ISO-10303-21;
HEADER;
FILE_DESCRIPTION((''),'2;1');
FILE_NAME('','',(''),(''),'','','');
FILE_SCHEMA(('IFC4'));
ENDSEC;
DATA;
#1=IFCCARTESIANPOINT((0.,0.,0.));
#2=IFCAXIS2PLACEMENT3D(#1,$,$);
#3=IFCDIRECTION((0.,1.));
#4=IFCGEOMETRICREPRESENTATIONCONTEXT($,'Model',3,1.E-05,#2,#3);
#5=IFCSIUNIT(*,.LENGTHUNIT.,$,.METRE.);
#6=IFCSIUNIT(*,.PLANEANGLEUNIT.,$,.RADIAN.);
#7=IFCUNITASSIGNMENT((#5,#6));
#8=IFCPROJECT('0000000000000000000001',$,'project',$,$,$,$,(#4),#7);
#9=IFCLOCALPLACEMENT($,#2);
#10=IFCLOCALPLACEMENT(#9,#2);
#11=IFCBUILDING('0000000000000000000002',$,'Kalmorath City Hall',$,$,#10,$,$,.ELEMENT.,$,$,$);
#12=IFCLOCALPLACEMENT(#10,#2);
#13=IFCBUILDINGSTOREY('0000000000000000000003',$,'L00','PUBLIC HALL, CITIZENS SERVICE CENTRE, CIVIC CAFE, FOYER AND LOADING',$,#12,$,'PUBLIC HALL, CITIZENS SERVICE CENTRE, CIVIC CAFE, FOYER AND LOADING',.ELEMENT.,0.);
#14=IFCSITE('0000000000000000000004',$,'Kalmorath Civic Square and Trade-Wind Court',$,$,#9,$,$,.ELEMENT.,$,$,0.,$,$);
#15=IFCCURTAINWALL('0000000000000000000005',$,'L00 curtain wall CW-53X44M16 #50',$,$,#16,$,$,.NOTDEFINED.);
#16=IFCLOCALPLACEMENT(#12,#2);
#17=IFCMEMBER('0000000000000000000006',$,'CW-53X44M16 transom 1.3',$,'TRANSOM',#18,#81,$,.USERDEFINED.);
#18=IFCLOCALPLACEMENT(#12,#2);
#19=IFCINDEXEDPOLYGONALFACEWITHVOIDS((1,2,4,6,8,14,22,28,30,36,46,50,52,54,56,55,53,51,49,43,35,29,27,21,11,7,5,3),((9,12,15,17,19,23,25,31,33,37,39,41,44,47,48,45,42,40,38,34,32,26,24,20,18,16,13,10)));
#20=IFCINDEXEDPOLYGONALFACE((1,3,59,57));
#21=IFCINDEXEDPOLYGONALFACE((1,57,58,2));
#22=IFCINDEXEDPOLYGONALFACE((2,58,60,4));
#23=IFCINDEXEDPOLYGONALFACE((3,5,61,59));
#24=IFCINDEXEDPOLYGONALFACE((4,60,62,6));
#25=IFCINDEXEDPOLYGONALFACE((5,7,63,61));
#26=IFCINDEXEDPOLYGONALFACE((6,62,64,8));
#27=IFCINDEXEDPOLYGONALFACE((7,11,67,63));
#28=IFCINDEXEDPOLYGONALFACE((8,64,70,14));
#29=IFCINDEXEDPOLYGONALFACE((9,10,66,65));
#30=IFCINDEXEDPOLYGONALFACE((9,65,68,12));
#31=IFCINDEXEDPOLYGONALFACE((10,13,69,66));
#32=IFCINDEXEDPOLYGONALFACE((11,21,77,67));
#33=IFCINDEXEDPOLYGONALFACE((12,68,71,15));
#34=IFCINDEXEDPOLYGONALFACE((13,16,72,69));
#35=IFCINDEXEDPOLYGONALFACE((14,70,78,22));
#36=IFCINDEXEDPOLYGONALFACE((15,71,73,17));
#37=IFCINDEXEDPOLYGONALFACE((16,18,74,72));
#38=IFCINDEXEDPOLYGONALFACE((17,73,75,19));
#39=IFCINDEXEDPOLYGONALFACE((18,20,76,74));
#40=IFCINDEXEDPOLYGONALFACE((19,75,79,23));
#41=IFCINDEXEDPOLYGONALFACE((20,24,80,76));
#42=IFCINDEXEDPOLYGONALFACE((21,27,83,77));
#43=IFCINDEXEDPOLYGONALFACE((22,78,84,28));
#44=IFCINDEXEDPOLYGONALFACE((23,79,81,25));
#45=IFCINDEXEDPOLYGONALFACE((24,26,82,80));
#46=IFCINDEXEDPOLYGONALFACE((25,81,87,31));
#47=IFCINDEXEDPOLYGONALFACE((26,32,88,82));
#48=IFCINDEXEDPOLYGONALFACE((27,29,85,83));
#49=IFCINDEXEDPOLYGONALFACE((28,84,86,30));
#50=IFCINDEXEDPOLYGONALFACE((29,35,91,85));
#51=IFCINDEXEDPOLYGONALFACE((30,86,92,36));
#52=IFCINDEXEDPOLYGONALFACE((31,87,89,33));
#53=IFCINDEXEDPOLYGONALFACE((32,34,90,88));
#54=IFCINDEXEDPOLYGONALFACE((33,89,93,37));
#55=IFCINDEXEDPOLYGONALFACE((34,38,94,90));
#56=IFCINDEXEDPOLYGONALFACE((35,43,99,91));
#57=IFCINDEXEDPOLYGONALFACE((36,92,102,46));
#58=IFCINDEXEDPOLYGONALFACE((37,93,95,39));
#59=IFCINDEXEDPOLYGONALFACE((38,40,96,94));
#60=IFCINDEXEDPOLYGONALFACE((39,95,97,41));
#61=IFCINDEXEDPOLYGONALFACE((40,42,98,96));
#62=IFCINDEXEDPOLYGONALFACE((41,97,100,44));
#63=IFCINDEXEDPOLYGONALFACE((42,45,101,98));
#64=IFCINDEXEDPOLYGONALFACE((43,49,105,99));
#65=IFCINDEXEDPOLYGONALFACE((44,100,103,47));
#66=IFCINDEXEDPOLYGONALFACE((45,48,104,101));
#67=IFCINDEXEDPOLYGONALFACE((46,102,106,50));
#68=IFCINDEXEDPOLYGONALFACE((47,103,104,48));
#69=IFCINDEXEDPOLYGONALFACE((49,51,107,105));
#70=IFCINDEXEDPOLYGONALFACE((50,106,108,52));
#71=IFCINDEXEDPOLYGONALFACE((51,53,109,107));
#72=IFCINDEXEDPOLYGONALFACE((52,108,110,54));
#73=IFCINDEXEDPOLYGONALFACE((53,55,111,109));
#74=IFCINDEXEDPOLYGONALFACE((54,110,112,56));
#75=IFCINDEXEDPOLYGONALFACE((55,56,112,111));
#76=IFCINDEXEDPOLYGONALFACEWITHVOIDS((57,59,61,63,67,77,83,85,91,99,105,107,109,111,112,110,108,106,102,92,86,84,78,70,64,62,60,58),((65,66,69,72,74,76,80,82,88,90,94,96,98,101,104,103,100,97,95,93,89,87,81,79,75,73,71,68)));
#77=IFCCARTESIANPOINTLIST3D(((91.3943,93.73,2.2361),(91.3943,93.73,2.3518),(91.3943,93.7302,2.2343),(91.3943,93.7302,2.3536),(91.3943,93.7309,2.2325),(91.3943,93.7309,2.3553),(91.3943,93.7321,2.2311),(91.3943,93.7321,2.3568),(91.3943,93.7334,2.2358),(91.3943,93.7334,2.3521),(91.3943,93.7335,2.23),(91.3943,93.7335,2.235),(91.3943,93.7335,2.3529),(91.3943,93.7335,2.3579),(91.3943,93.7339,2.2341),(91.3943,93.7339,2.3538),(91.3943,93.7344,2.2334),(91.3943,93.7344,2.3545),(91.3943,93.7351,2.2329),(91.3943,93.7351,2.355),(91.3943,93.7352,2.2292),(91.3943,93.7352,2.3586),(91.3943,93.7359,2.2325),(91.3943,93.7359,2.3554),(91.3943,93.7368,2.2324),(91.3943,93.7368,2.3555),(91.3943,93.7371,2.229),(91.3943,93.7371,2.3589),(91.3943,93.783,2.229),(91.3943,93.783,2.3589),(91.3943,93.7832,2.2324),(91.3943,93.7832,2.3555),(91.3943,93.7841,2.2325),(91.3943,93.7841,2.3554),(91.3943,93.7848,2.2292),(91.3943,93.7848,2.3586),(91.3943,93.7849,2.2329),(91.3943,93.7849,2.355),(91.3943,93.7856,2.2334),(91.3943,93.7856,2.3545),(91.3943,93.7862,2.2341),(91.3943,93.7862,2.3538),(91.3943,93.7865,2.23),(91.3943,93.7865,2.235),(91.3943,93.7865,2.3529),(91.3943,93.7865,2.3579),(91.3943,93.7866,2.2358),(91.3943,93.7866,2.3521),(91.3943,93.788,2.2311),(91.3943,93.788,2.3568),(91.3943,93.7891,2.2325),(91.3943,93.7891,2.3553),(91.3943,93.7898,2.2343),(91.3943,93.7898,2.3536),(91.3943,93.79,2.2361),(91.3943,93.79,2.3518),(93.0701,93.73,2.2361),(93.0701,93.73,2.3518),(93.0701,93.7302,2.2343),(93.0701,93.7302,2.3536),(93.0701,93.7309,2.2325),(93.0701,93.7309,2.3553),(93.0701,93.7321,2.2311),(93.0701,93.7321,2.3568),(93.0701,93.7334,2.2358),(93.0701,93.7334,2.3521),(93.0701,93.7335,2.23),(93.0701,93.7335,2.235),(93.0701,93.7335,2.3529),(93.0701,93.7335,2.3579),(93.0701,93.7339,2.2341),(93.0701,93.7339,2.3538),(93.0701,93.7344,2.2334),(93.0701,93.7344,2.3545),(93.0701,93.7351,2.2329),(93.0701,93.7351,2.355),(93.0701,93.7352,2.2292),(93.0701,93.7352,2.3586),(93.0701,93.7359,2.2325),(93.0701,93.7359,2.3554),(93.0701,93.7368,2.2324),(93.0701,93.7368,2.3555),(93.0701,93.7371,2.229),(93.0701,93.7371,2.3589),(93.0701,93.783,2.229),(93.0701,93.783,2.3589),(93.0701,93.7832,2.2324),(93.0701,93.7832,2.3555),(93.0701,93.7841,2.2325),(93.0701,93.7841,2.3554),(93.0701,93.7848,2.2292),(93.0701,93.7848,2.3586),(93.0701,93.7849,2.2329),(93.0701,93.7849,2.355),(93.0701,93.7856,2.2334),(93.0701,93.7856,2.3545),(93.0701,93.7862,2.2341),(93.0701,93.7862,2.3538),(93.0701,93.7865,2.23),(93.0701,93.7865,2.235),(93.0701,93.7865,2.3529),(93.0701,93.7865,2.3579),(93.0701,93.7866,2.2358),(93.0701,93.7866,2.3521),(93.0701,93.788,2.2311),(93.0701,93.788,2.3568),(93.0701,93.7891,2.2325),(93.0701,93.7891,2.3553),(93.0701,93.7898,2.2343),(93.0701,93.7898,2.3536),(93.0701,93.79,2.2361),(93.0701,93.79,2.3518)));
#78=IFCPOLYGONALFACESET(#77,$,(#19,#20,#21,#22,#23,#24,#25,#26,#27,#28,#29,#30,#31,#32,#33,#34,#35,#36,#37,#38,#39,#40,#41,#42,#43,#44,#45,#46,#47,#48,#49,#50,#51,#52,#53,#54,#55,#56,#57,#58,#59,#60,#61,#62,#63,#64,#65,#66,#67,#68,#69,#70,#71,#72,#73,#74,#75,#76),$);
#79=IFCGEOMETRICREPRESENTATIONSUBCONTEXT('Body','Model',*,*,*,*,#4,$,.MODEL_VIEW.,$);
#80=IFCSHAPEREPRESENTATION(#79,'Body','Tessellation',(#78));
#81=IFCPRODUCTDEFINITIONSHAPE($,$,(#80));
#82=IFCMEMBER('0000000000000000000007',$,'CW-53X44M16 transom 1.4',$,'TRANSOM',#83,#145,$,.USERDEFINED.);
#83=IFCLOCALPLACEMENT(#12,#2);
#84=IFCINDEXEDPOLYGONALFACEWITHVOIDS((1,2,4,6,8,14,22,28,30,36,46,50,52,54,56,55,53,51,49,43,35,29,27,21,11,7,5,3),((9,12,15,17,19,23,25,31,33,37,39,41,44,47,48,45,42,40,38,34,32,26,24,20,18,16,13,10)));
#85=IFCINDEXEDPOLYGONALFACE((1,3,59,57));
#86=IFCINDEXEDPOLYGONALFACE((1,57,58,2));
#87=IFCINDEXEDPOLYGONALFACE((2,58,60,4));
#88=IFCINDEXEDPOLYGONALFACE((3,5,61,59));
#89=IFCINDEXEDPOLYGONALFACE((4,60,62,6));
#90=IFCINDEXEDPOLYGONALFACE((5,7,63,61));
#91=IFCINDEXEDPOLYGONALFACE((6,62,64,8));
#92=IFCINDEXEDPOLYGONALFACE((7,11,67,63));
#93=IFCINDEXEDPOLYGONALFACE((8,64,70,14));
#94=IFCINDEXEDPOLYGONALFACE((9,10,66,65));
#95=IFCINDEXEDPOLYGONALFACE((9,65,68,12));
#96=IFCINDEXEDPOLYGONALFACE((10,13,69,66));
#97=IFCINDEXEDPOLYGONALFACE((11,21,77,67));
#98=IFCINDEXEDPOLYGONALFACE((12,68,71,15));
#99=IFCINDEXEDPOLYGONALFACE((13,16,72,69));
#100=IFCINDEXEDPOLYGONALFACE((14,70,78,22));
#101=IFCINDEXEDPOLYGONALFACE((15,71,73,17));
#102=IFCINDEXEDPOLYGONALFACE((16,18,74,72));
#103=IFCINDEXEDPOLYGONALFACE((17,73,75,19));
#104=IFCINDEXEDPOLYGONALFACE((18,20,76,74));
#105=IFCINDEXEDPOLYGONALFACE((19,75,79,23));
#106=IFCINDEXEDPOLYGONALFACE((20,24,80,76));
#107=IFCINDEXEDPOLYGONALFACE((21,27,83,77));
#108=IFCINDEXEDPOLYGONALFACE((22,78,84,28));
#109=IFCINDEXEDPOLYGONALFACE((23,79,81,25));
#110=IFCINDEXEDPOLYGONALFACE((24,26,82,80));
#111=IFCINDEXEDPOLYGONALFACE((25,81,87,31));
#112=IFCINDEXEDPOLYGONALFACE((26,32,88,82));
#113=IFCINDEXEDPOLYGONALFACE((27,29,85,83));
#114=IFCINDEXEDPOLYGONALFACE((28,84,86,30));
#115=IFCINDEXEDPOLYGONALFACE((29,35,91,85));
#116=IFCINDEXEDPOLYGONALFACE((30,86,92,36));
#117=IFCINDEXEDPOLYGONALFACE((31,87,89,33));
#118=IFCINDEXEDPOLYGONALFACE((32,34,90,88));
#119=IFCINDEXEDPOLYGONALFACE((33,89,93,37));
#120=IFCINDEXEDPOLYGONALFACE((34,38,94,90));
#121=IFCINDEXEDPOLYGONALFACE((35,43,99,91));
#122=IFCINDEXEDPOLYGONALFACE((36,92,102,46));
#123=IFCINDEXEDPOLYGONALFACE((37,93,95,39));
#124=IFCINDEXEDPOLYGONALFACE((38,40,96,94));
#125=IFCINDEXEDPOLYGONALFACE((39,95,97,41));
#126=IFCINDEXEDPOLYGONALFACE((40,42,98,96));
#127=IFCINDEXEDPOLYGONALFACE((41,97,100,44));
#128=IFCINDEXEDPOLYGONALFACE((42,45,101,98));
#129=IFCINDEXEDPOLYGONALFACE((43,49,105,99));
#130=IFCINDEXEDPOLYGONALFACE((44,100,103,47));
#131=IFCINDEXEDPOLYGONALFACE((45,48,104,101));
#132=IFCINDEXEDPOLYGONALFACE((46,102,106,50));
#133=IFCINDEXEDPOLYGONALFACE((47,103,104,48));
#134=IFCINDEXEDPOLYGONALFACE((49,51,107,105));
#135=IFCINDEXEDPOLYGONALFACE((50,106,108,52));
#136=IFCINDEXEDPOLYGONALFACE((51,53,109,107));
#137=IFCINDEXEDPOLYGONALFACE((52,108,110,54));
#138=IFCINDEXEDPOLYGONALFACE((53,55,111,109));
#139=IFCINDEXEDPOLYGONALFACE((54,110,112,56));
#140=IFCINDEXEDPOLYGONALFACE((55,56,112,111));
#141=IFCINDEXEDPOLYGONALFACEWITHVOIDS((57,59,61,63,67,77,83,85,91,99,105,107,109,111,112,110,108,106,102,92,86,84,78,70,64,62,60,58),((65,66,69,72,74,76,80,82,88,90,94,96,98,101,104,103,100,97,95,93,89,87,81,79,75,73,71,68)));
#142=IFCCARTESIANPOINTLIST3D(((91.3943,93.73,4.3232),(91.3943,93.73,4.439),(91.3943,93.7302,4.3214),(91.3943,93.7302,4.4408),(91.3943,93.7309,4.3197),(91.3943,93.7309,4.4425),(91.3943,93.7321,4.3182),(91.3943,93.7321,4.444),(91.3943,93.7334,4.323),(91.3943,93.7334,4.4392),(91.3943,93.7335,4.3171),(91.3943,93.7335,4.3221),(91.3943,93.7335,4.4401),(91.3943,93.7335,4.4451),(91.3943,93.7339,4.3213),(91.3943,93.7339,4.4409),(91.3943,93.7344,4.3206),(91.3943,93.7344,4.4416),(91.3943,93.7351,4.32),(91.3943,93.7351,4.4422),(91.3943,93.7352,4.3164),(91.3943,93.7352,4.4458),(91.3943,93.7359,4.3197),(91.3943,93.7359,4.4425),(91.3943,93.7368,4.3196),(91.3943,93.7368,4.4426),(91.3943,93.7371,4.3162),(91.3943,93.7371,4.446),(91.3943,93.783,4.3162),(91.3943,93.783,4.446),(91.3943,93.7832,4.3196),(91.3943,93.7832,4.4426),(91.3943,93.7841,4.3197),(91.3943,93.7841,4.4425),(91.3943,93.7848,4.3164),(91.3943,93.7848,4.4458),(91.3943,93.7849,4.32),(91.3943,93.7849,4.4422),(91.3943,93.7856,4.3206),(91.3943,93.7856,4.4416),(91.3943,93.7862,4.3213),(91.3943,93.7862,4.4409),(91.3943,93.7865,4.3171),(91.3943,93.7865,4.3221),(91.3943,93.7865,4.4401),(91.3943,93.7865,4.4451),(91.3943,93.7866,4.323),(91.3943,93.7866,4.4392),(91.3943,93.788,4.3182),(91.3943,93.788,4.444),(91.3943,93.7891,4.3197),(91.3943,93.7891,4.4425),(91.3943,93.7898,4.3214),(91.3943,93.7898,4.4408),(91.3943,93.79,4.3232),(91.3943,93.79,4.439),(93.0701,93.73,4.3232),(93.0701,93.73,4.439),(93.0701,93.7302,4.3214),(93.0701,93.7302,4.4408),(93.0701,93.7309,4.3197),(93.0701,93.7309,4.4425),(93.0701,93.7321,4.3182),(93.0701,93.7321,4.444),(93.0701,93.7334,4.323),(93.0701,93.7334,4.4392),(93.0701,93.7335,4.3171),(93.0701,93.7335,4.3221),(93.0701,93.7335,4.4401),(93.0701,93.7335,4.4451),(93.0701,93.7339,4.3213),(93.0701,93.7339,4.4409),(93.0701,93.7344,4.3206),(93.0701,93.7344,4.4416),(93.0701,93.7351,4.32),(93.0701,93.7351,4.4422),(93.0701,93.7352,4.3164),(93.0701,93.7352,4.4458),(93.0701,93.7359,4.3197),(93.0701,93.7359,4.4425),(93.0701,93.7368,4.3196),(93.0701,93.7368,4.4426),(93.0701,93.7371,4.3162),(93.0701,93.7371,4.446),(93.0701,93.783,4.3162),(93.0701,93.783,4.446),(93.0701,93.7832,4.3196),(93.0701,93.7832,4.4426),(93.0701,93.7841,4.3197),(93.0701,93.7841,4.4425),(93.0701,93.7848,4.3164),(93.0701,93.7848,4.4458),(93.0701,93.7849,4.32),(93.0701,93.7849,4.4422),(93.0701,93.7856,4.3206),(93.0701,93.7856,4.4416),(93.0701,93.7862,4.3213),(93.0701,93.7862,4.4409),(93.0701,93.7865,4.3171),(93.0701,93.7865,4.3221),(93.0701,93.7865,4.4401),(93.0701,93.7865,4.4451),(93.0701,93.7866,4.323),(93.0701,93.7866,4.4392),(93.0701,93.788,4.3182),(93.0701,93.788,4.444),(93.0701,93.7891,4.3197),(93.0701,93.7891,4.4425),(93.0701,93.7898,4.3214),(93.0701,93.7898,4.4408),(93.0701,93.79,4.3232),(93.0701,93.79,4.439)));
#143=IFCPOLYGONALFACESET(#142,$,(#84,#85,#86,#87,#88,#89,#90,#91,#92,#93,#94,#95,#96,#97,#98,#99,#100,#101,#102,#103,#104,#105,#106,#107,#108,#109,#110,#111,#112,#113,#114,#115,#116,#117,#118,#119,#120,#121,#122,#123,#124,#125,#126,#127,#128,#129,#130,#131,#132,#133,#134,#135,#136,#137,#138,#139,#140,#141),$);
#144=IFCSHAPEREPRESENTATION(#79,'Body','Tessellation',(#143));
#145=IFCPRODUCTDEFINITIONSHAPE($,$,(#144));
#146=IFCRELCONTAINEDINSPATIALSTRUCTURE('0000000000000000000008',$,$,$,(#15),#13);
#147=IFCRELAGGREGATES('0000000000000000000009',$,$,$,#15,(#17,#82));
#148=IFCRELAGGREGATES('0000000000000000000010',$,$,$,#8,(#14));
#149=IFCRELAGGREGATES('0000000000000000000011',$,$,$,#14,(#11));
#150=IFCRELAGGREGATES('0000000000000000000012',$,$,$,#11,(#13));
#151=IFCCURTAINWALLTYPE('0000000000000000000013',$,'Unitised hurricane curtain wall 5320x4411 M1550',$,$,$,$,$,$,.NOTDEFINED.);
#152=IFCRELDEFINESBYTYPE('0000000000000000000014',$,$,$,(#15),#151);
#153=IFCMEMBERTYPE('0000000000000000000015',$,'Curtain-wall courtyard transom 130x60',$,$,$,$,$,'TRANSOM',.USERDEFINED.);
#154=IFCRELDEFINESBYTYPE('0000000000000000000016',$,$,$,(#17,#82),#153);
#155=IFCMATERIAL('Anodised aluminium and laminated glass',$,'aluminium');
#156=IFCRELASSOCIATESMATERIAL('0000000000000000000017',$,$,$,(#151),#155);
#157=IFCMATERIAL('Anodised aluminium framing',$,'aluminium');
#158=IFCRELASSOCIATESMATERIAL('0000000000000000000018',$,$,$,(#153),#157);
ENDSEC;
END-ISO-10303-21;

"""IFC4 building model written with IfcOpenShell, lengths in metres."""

from ifc_helpers import new_model, si_unit, direction, frame, origin, origin_2d, place, context, subcontext, project, spatial, hollow_rectangle, extrude, material, material_profile, profile_set, type_object, element, aggregate, save


model = new_model("IFC4")

# Units and contexts
model_context = context("Model", 3, precision=1e-05, world=origin(), true_north=direction((0.0, 1.0)))
body_context = subcontext(model_context, "Body", "Model", "MODEL_VIEW")
ifc_project = project(units=[si_unit("LENGTHUNIT", "METRE"), si_unit("PLANEANGLEUNIT", "RADIAN")], contexts=[model_context])

# Site, building, storey
site_placement = place(None, origin())
site = spatial("IfcSite", under=ifc_project, at=site_placement, Name="Kalmorath Civic Square and Trade-Wind Court", CompositionType="ELEMENT", RefElevation=0.0)
building_placement = place(site_placement, origin())
building = spatial("IfcBuilding", under=site, at=building_placement, Name="Kalmorath City Hall", CompositionType="ELEMENT")
storey_placement = place(building_placement, origin())
storey = spatial("IfcBuildingStorey", under=building, at=storey_placement, Name="L00", Description="PUBLIC HALL, CITIZENS SERVICE CENTRE, CIVIC CAFE, FOYER AND LOADING", LongName="PUBLIC HALL, CITIZENS SERVICE CENTRE, CIVIC CAFE, FOYER AND LOADING", CompositionType="ELEMENT", Elevation=0.0)

# Curtain wall, members
ifc_material_1 = material(Name="Anodised aluminium and laminated glass", Category="aluminium")
curtain_wall_type = type_object("IfcCurtainWallType", Name="Unitised hurricane curtain wall 5320x4411 M1550", PredefinedType="NOTDEFINED", material=ifc_material_1)
curtain_wall_placement = place(storey_placement, origin())
curtain_wall = element("IfcCurtainWall", 1, at=curtain_wall_placement, inside=storey, type_object=curtain_wall_type, Name="L00 curtain wall CW-53X44M16 #50", PredefinedType="NOTDEFINED")
ifc_material_2 = material(Name="Anodised aluminium framing", Category="aluminium")
ifc_material_profile_1 = material_profile(ifc_material_2, hollow_rectangle(XDim=0.0601, YDim=0.1299, WallThickness=0.0034, InnerFilletRadius=0.0034, OuterFilletRadius=0.0071, at=origin_2d()), Name="ALU-TRN-130X60X3.5")
ifc_profile_set_1 = profile_set([ifc_material_profile_1], Name="Anodised aluminium framing")
member_type_1 = type_object("IfcMemberType", Name="Curtain-wall courtyard transom 130x60", ElementType="TRANSOM", PredefinedType="USERDEFINED", material=ifc_profile_set_1)
member_1_placement = place(storey_placement, frame((93.0701, 93.76, 2.2939), z_axis=(-1.0, 0.0, 0.0), x_axis=(0.0, -1.0, 0.0)))
member_1 = element("IfcMember", 2, at=member_1_placement, type_object=member_type_1, Name="CW-53X44M16 transom 1.3", ObjectType="TRANSOM", PredefinedType="USERDEFINED", context=body_context, shape_type="SweptSolid", body=[
    extrude(hollow_rectangle(XDim=0.0601, YDim=0.1299, WallThickness=0.0034, InnerFilletRadius=0.0034, OuterFilletRadius=0.0071, at=origin_2d()), origin(), (0.0, 0.0, 1.0), 1.6758),
])
member_2_placement = place(storey_placement, frame((93.0701, 93.76, 4.3811), z_axis=(-1.0, 0.0, 0.0), x_axis=(0.0, -1.0, 0.0)))
member_2 = element("IfcMember", 3, at=member_2_placement, type_object=member_type_1, Name="CW-53X44M16 transom 1.4", ObjectType="TRANSOM", PredefinedType="USERDEFINED", context=body_context, shape_type="SweptSolid", body=[
    extrude(hollow_rectangle(XDim=0.0601, YDim=0.1299, WallThickness=0.0034, InnerFilletRadius=0.0034, OuterFilletRadius=0.0071, at=origin_2d()), origin(), (0.0, 0.0, 1.0), 1.6758),
])

aggregate(curtain_wall, [member_1, member_2])

save(model, "model.ifc")
